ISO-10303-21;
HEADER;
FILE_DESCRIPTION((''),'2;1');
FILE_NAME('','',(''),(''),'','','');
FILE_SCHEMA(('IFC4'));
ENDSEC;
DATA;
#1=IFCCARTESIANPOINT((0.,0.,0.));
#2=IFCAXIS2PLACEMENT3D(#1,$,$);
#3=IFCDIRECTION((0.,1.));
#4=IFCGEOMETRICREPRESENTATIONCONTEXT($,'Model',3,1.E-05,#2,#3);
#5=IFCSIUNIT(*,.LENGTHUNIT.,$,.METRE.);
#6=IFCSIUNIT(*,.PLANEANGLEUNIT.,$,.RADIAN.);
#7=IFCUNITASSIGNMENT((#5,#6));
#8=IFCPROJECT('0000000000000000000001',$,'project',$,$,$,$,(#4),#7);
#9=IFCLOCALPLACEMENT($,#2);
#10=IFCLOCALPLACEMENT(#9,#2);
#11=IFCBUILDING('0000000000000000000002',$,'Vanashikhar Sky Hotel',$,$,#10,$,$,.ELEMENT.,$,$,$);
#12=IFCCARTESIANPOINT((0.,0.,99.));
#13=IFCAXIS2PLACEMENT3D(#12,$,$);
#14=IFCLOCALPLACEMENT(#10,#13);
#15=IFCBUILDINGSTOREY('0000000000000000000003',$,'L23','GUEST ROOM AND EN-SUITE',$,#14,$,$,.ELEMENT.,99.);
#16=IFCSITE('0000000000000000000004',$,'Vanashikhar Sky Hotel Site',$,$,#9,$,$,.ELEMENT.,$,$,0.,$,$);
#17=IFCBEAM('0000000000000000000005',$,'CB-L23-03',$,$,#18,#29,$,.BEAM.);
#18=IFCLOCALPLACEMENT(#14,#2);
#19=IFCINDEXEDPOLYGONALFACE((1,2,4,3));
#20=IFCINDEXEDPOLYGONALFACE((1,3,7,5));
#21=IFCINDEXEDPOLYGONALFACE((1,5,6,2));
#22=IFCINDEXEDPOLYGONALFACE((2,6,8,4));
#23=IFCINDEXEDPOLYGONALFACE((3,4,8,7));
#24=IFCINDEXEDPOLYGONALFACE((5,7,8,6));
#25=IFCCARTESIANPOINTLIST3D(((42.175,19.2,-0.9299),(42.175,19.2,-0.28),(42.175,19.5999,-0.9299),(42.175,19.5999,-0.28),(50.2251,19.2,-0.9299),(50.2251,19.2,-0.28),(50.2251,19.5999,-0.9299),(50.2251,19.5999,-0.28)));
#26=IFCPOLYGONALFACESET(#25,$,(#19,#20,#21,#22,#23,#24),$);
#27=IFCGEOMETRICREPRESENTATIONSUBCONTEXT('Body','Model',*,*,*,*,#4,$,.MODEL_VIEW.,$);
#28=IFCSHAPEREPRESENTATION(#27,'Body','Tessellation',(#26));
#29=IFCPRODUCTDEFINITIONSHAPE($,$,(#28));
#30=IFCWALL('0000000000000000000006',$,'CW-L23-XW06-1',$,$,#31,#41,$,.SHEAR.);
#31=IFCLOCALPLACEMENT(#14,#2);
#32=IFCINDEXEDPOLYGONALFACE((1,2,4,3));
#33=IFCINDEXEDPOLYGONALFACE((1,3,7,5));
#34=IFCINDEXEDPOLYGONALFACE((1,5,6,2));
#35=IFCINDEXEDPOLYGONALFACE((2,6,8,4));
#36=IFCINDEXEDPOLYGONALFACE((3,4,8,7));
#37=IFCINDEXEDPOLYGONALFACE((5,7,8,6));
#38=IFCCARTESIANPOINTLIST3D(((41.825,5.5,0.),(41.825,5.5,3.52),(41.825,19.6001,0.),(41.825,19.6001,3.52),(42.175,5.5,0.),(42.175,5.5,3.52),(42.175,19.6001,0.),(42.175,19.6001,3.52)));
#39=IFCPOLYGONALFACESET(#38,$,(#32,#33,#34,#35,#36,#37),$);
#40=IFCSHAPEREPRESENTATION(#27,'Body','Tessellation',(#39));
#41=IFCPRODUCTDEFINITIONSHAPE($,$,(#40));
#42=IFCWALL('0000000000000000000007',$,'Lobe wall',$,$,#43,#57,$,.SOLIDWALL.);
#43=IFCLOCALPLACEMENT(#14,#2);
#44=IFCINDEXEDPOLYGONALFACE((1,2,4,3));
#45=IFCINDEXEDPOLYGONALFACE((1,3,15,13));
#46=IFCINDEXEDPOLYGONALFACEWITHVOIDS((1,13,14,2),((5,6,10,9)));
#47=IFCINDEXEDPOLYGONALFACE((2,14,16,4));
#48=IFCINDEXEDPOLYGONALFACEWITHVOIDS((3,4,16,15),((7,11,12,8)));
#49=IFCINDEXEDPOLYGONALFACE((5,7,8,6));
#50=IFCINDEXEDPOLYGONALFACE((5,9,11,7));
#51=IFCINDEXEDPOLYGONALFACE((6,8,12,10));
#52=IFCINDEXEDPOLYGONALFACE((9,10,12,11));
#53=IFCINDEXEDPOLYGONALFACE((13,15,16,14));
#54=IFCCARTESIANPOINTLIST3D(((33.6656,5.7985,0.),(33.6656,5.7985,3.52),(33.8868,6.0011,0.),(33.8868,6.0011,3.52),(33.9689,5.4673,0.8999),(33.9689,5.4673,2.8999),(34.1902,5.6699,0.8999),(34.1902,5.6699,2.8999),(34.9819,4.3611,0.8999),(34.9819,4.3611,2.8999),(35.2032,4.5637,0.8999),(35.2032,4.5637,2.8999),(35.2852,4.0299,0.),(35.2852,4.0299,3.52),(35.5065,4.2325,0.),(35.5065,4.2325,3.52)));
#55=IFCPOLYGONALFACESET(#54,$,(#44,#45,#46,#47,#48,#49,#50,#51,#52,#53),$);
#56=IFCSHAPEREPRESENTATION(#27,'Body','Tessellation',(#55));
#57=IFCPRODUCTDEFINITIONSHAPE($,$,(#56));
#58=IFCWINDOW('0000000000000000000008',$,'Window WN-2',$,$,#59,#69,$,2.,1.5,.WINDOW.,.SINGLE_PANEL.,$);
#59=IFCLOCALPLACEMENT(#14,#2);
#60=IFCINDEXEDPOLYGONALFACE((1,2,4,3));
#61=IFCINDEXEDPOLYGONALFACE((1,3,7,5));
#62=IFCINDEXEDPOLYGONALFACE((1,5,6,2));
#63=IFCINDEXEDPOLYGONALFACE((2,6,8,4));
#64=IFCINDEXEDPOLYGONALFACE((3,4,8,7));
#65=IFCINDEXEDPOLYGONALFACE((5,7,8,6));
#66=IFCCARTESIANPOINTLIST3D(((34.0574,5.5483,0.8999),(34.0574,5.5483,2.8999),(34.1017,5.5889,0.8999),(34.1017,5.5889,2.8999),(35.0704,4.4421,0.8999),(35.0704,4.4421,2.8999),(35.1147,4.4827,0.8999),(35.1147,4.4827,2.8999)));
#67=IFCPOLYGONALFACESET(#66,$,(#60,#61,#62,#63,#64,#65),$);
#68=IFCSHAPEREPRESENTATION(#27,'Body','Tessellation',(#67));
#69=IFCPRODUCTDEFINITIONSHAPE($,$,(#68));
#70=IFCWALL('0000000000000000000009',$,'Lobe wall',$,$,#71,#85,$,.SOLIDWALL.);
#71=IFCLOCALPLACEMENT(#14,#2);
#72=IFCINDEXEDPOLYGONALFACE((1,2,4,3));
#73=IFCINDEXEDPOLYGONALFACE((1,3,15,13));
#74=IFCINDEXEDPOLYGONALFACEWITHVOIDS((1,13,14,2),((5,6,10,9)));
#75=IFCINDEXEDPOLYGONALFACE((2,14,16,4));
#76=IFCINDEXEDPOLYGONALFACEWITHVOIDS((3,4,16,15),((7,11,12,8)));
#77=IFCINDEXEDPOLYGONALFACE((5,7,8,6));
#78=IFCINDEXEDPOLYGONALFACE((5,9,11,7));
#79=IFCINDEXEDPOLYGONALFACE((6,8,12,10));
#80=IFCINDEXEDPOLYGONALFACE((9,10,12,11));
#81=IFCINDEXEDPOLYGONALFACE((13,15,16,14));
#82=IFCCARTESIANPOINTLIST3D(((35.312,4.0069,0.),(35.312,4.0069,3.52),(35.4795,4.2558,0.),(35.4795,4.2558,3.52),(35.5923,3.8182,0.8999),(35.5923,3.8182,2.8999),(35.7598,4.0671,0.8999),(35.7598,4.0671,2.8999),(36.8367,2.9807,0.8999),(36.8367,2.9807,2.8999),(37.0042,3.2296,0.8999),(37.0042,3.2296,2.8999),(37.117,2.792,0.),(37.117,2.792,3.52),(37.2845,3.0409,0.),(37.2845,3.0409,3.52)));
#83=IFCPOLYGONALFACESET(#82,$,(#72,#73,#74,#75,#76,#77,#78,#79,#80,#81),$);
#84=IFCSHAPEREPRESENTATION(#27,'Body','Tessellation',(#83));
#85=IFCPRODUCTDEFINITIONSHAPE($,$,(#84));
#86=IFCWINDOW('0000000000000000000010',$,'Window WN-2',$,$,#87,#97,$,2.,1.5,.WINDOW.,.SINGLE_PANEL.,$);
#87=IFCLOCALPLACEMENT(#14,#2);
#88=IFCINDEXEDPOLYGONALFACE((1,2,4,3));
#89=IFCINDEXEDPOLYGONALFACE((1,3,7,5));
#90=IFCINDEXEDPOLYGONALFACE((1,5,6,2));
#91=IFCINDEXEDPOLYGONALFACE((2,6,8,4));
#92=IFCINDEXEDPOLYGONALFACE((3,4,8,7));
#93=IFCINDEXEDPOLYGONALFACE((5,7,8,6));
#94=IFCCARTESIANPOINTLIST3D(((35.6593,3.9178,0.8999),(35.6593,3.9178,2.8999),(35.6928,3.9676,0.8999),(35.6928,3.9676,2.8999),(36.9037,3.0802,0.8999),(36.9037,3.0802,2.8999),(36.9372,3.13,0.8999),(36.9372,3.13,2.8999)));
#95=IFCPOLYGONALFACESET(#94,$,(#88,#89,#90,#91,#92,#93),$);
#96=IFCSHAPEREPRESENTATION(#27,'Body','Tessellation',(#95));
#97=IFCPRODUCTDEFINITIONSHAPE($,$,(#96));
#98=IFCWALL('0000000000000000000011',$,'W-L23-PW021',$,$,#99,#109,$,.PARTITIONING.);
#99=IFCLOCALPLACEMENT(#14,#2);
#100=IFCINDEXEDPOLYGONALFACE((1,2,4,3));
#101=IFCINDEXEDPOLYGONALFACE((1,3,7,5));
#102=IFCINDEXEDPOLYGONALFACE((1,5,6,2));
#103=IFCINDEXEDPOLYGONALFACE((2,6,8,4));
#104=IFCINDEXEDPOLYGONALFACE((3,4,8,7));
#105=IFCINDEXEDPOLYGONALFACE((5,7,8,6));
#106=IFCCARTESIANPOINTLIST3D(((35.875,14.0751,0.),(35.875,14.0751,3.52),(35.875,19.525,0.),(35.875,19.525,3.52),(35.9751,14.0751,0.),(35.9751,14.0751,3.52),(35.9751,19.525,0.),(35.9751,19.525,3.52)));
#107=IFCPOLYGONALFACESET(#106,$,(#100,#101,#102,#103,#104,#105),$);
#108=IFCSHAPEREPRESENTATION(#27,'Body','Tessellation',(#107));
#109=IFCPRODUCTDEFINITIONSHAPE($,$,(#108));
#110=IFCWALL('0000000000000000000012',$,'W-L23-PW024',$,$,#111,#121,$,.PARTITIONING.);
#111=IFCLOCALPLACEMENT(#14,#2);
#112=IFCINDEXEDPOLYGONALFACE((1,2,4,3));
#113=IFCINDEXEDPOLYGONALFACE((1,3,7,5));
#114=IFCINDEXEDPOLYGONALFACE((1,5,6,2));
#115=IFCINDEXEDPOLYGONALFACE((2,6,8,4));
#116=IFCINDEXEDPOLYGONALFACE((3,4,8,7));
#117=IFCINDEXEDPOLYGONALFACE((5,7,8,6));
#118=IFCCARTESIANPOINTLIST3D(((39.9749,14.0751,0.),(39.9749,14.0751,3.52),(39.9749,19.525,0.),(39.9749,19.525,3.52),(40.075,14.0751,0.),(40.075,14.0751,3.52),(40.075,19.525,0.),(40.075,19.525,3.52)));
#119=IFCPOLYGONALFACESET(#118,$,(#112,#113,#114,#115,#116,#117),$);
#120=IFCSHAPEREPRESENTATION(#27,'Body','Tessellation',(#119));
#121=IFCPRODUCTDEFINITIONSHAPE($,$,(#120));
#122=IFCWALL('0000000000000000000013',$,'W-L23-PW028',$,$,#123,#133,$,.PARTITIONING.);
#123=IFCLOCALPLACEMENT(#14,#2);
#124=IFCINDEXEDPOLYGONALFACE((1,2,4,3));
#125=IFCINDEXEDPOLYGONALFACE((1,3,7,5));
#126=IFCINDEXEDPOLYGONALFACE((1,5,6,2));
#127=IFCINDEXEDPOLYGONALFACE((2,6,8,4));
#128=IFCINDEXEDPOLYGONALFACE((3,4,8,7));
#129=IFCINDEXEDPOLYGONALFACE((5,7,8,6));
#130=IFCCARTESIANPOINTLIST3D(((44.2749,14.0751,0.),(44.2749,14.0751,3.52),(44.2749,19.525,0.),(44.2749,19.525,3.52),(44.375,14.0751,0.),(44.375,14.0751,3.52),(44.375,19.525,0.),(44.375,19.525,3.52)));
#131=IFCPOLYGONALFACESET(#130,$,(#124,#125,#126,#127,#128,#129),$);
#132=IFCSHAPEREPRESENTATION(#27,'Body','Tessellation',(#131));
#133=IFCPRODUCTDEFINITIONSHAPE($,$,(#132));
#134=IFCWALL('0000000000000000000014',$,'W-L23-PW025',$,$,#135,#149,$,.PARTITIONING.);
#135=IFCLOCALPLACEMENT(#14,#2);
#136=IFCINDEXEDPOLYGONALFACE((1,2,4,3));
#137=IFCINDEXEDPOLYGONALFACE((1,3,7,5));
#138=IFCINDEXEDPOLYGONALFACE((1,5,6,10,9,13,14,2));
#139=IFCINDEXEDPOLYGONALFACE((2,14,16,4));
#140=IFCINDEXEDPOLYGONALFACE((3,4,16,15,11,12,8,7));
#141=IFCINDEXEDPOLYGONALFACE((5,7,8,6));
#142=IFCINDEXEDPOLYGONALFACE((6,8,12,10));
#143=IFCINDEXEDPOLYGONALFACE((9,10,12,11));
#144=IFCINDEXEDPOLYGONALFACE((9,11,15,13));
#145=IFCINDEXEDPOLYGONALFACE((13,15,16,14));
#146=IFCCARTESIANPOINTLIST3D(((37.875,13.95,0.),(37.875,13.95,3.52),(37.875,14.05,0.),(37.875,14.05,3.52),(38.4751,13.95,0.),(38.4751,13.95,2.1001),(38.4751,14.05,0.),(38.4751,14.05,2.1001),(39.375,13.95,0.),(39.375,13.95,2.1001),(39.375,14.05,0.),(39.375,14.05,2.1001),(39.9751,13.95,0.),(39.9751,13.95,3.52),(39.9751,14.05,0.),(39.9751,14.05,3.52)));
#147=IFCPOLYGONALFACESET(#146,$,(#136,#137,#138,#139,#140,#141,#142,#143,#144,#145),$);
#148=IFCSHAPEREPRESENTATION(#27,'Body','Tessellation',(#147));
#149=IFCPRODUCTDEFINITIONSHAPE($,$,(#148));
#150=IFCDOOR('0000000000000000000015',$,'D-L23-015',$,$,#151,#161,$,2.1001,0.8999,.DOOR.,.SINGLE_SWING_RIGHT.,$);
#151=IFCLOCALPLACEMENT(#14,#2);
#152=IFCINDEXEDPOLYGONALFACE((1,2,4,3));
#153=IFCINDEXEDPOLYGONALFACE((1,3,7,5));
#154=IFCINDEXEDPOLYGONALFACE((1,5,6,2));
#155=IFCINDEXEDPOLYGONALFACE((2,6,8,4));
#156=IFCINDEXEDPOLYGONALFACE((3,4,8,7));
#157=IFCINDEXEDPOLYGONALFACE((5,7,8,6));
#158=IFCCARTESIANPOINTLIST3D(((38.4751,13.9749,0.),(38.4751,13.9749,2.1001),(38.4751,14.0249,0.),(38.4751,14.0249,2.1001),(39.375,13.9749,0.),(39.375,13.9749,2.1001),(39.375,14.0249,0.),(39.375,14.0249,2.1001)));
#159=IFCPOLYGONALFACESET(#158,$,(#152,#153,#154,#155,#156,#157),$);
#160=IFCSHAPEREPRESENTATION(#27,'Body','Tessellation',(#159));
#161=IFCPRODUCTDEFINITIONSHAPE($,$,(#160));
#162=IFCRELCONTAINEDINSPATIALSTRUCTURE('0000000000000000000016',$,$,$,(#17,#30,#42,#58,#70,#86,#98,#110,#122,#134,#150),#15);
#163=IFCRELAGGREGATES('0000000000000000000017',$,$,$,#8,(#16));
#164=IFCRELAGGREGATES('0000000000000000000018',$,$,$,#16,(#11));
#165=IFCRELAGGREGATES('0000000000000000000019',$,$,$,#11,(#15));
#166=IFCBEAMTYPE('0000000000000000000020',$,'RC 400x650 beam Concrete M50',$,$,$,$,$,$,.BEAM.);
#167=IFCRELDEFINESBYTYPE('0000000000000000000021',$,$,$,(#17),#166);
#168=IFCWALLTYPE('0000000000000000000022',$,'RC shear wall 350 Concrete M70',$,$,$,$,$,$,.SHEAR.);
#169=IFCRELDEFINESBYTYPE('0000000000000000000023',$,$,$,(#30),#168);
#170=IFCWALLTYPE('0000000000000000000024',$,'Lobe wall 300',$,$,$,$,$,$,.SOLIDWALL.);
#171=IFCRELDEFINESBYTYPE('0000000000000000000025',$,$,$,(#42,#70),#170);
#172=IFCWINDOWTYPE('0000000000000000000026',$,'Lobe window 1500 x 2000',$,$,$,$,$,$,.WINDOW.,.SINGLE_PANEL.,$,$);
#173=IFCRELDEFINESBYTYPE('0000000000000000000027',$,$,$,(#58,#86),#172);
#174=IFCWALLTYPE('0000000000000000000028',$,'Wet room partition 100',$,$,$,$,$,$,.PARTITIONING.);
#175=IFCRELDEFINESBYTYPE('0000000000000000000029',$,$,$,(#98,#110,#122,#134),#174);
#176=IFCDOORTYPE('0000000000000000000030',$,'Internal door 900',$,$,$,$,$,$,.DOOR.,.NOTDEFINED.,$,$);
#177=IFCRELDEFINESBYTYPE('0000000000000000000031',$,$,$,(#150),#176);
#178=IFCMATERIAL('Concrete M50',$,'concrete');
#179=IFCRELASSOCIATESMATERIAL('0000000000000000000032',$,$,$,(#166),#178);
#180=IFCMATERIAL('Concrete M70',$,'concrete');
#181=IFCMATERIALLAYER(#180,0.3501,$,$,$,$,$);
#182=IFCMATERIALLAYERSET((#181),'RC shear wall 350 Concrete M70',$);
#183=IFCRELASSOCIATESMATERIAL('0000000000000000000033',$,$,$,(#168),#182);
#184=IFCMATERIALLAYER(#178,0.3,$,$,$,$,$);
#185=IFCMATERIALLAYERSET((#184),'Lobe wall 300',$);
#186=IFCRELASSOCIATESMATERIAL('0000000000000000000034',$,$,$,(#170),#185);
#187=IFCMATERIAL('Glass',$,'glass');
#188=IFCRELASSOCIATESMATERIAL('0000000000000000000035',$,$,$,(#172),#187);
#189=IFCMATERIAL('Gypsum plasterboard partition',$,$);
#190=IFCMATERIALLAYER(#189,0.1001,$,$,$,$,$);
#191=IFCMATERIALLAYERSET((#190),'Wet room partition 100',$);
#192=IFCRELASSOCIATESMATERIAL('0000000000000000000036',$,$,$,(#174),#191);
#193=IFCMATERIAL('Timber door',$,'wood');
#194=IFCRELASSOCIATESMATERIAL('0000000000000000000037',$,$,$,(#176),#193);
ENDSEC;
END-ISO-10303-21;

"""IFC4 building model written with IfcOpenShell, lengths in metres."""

from ifc_helpers import new_model, si_unit, direction, frame, frame_2d, origin, origin_2d, place, context, subcontext, project, spatial, rectangle, extrude, source, transform, mapped, material, layer, layer_set, material_profile, profile_set, type_object, element, fill, save


model = new_model("IFC4")

# Units and contexts
model_context = context("Model", 3, precision=1e-05, world=origin(), true_north=direction((0.0, 1.0)))
body_context = subcontext(model_context, "Body", "Model", "MODEL_VIEW")
ifc_project = project(units=[si_unit("LENGTHUNIT", "METRE"), si_unit("PLANEANGLEUNIT", "RADIAN")], contexts=[model_context])

# Site, building, storey
site_placement = place(None, origin())
site = spatial("IfcSite", under=ifc_project, at=site_placement, Name="Vanashikhar Sky Hotel Site", CompositionType="ELEMENT", RefElevation=0.0)
building_placement = place(site_placement, origin())
building = spatial("IfcBuilding", under=site, at=building_placement, Name="Vanashikhar Sky Hotel", CompositionType="ELEMENT")
storey_placement = place(building_placement, frame((0.0, 0.0, 99.0)))
storey = spatial("IfcBuildingStorey", under=building, at=storey_placement, Name="L23", Description="GUEST ROOM AND EN-SUITE", CompositionType="ELEMENT", Elevation=99.0)

# Beam
ifc_material_1 = material(Name="Concrete M50", Category="concrete")
ifc_material_profile_1 = material_profile(ifc_material_1, rectangle(XDim=0.3999, YDim=0.6499, at=origin_2d()))
ifc_profile_set_1 = profile_set([ifc_material_profile_1], Name="RC 400x650 beam Concrete M50")
beam_type = type_object("IfcBeamType", Name="RC 400x650 beam Concrete M50", PredefinedType="BEAM", material=ifc_profile_set_1)
shared_shape_1 = source(origin(), body_context, "Body", "SweptSolid", [
    extrude(rectangle(XDim=0.3999, YDim=0.6499, at=origin_2d()), origin(), (0.0, 0.0, 1.0), 8.05),
])
beam_placement = place(storey_placement, frame((42.175, 19.3999, -0.605), z_axis=(1.0, 0.0, 0.0), x_axis=(0.0, 1.0, 0.0)))
element("IfcBeam", 1, at=beam_placement, inside=storey, type_object=beam_type, Name="CB-L23-03", PredefinedType="BEAM", context=body_context, shape_type="MappedRepresentation", body=[
    mapped(shared_shape_1, transform((0.0, 0.0, 0.0), scale=1.0)),
])

# Wall
ifc_material_2 = material(Name="Concrete M70", Category="concrete")
ifc_layer_1 = layer(ifc_material_2, 0.3501)
ifc_layer_set_1 = layer_set([ifc_layer_1], Name="RC shear wall 350 Concrete M70")
wall_type_1 = type_object("IfcWallType", Name="RC shear wall 350 Concrete M70", PredefinedType="SHEAR", material=ifc_layer_set_1)
shared_shape_2 = source(origin(), body_context, "Body", "SweptSolid", [
    extrude(rectangle(XDim=14.1001, YDim=0.3501, at=frame_2d((7.05, 0.0))), origin(), (0.0, 0.0, 1.0), 3.52),
])
wall_1_placement = place(storey_placement, frame((42.0, 5.5, 0.0), z_axis=(0.0, 0.0, 1.0), x_axis=(0.0, 1.0, 0.0)))
element("IfcWall", 2, at=wall_1_placement, inside=storey, type_object=wall_type_1, Name="CW-L23-XW06-1", PredefinedType="SHEAR", context=body_context, shape_type="MappedRepresentation", body=[
    mapped(shared_shape_2, transform((0.0, 0.0, 0.0), scale=1.0)),
])

# Walls, openings, windows
ifc_layer_2 = layer(ifc_material_1, 0.3)
ifc_layer_set_2 = layer_set([ifc_layer_2], Name="Lobe wall 300")
wall_type_2 = type_object("IfcWallType", Name="Lobe wall 300", PredefinedType="SOLIDWALL", material=ifc_layer_set_2)
shared_shape_3 = source(origin(), body_context, "Body", "SweptSolid", [
    extrude(rectangle(XDim=2.3982, YDim=0.3, at=frame_2d((1.1992, 0.0))), origin(), (0.0, 0.0, 1.0), 3.52),
])
wall_2_placement = place(storey_placement, frame((33.7761, 5.8999, 0.0), z_axis=(0.0, 0.0, 1.0), x_axis=(0.675374, -0.737475, 0.0)))
wall_2 = element("IfcWall", 3, at=wall_2_placement, inside=storey, type_object=wall_type_2, Name="Lobe wall", PredefinedType="SOLIDWALL", context=body_context, shape_type="MappedRepresentation", body=[
    mapped(shared_shape_3, transform((0.0, 0.0, 0.0), scale=1.0)),
])
shared_shape_4 = source(origin(), body_context, "Body", "SweptSolid", [
    extrude(rectangle(XDim=1.5, YDim=2.0, at=frame_2d((0.75, 1.0))), frame((0.0, 0.1602, 0.0), z_axis=(0.0, -1.0, 0.0), x_axis=(1.0, 0.0, 0.0)), (0.0, 0.0, 1.0), 0.3201),
])
opening_1_placement = place(wall_2_placement, frame((0.4492, 0.0, 0.8999)))
opening_1 = element("IfcOpeningElement", 4, at=opening_1_placement, cuts=wall_2, PredefinedType="OPENING", context=body_context, shape_type="MappedRepresentation", body=[
    mapped(shared_shape_4, transform((0.0, 0.0, 0.0), scale=1.0)),
])
ifc_material_3 = material(Name="Glass", Category="glass")
window_type = type_object("IfcWindowType", Name="Lobe window 1500 x 2000", PartitioningType="SINGLE_PANEL", PredefinedType="WINDOW", material=ifc_material_3)
shared_shape_5 = source(origin(), body_context, "Body", "SweptSolid", [
    extrude(rectangle(XDim=1.5, YDim=2.0, at=frame_2d((0.75, 1.0))), frame((0.0, 0.03, 0.0), z_axis=(0.0, -1.0, 0.0), x_axis=(1.0, 0.0, 0.0)), (0.0, 0.0, 1.0), 0.0601),
])
window_1_placement = place(opening_1_placement, origin())
window_1 = element("IfcWindow", 5, at=window_1_placement, inside=storey, type_object=window_type, Name="Window WN-2", OverallHeight=2.0, OverallWidth=1.5, PartitioningType="SINGLE_PANEL", PredefinedType="WINDOW", context=body_context, shape_type="MappedRepresentation", body=[
    mapped(shared_shape_5, transform((0.0, 0.0, 0.0), scale=1.0)),
])
fill(opening_1, window_1)
shared_shape_6 = source(origin(), body_context, "Body", "SweptSolid", [
    extrude(rectangle(XDim=2.1758, YDim=0.3, at=frame_2d((1.0879, 0.0))), origin(), (0.0, 0.0, 1.0), 3.52),
])
wall_3_placement = place(storey_placement, frame((35.3958, 4.1313, 0.0), z_axis=(0.0, 0.0, 1.0), x_axis=(0.829591, -0.558372, 0.0)))
wall_3 = element("IfcWall", 6, at=wall_3_placement, inside=storey, type_object=wall_type_2, Name="Lobe wall", PredefinedType="SOLIDWALL", context=body_context, shape_type="MappedRepresentation", body=[
    mapped(shared_shape_6, transform((0.0, 0.0, 0.0), scale=1.0)),
])
opening_2_placement = place(wall_3_placement, frame((0.3379, 0.0, 0.8999)))
opening_2 = element("IfcOpeningElement", 7, at=opening_2_placement, cuts=wall_3, PredefinedType="OPENING", context=body_context, shape_type="MappedRepresentation", body=[
    mapped(shared_shape_4, transform((0.0, 0.0, 0.0), scale=1.0)),
])
window_2_placement = place(opening_2_placement, origin())
window_2 = element("IfcWindow", 8, at=window_2_placement, inside=storey, type_object=window_type, Name="Window WN-2", OverallHeight=2.0, OverallWidth=1.5, PartitioningType="SINGLE_PANEL", PredefinedType="WINDOW", context=body_context, shape_type="MappedRepresentation", body=[
    mapped(shared_shape_5, transform((0.0, 0.0, 0.0), scale=1.0)),
])
fill(opening_2, window_2)

# Walls
ifc_material_4 = material(Name="Gypsum plasterboard partition")
ifc_layer_3 = layer(ifc_material_4, 0.1001)
ifc_layer_set_3 = layer_set([ifc_layer_3], Name="Wet room partition 100")
wall_type_3 = type_object("IfcWallType", Name="Wet room partition 100", PredefinedType="PARTITIONING", material=ifc_layer_set_3)
shared_shape_7 = source(origin(), body_context, "Body", "SweptSolid", [
    extrude(rectangle(XDim=5.45, YDim=0.1001, at=frame_2d((2.7251, 0.0))), origin(), (0.0, 0.0, 1.0), 3.52),
])
for number, where, z_axis, x_axis, name in (
    (9, (35.925, 14.075, 0.0), (0.0, 0.0, 1.0), (0.0, 1.0, 0.0), "W-L23-PW021"),
    (10, (40.0249, 14.075, 0.0), (0.0, 0.0, 1.0), (0.0, 1.0, 0.0), "W-L23-PW024"),
    (11, (44.325, 14.075, 0.0), (0.0, 0.0, 1.0), (0.0, 1.0, 0.0), "W-L23-PW028"),
):
    element("IfcWall", number, at=place(storey_placement, frame(where, z_axis=z_axis, x_axis=x_axis)), inside=storey, type_object=wall_type_3, Name=name, PredefinedType="PARTITIONING", context=body_context, shape_type="MappedRepresentation", body=[
        mapped(shared_shape_7, transform((0.0, 0.0, 0.0), scale=1.0)),
    ])

# Wall, opening, door
shared_shape_8 = source(origin(), body_context, "Body", "SweptSolid", [
    extrude(rectangle(XDim=2.1001, YDim=0.1001, at=frame_2d((1.05, 0.0))), origin(), (0.0, 0.0, 1.0), 3.52),
])
wall_4_placement = place(storey_placement, frame((37.875, 14.0, 0.0), z_axis=(0.0, 0.0, 1.0), x_axis=(1.0, 0.0, 0.0)))
wall_4 = element("IfcWall", 12, at=wall_4_placement, inside=storey, type_object=wall_type_3, Name="W-L23-PW025", PredefinedType="PARTITIONING", context=body_context, shape_type="MappedRepresentation", body=[
    mapped(shared_shape_8, transform((0.0, 0.0, 0.0), scale=1.0)),
])
shared_shape_9 = source(origin(), body_context, "Body", "SweptSolid", [
    extrude(rectangle(XDim=0.8999, YDim=2.1001, at=frame_2d((0.45, 1.05))), frame((0.0, 0.0601, 0.0), z_axis=(0.0, -1.0, 0.0), x_axis=(1.0, 0.0, 0.0)), (0.0, 0.0, 1.0), 0.1201),
])
opening_3_placement = place(wall_4_placement, frame((0.6001, 0.0, 0.0)))
opening_3 = element("IfcOpeningElement", 13, at=opening_3_placement, cuts=wall_4, PredefinedType="OPENING", context=body_context, shape_type="MappedRepresentation", body=[
    mapped(shared_shape_9, transform((0.0, 0.0, 0.0), scale=1.0)),
])
ifc_material_5 = material(Name="Timber door", Category="wood")
door_type_1 = type_object("IfcDoorType", Name="Internal door 900", OperationType="NOTDEFINED", PredefinedType="DOOR", material=ifc_material_5)
shared_shape_10 = source(origin(), body_context, "Body", "SweptSolid", [
    extrude(rectangle(XDim=0.8999, YDim=2.1001, at=frame_2d((0.45, 1.05))), frame((0.0, 0.0249, 0.0), z_axis=(0.0, -1.0, 0.0), x_axis=(1.0, 0.0, 0.0)), (0.0, 0.0, 1.0), 0.05),
])
door_1_placement = place(opening_3_placement, origin())
door_1 = element("IfcDoor", 14, at=door_1_placement, inside=storey, type_object=door_type_1, Name="D-L23-015", OperationType="SINGLE_SWING_RIGHT", OverallHeight=2.1001, OverallWidth=0.8999, PredefinedType="DOOR", context=body_context, shape_type="MappedRepresentation", body=[
    mapped(shared_shape_10, transform((0.0, 0.0, 0.0), scale=1.0)),
])
fill(opening_3, door_1)

save(model, "model.ifc")
